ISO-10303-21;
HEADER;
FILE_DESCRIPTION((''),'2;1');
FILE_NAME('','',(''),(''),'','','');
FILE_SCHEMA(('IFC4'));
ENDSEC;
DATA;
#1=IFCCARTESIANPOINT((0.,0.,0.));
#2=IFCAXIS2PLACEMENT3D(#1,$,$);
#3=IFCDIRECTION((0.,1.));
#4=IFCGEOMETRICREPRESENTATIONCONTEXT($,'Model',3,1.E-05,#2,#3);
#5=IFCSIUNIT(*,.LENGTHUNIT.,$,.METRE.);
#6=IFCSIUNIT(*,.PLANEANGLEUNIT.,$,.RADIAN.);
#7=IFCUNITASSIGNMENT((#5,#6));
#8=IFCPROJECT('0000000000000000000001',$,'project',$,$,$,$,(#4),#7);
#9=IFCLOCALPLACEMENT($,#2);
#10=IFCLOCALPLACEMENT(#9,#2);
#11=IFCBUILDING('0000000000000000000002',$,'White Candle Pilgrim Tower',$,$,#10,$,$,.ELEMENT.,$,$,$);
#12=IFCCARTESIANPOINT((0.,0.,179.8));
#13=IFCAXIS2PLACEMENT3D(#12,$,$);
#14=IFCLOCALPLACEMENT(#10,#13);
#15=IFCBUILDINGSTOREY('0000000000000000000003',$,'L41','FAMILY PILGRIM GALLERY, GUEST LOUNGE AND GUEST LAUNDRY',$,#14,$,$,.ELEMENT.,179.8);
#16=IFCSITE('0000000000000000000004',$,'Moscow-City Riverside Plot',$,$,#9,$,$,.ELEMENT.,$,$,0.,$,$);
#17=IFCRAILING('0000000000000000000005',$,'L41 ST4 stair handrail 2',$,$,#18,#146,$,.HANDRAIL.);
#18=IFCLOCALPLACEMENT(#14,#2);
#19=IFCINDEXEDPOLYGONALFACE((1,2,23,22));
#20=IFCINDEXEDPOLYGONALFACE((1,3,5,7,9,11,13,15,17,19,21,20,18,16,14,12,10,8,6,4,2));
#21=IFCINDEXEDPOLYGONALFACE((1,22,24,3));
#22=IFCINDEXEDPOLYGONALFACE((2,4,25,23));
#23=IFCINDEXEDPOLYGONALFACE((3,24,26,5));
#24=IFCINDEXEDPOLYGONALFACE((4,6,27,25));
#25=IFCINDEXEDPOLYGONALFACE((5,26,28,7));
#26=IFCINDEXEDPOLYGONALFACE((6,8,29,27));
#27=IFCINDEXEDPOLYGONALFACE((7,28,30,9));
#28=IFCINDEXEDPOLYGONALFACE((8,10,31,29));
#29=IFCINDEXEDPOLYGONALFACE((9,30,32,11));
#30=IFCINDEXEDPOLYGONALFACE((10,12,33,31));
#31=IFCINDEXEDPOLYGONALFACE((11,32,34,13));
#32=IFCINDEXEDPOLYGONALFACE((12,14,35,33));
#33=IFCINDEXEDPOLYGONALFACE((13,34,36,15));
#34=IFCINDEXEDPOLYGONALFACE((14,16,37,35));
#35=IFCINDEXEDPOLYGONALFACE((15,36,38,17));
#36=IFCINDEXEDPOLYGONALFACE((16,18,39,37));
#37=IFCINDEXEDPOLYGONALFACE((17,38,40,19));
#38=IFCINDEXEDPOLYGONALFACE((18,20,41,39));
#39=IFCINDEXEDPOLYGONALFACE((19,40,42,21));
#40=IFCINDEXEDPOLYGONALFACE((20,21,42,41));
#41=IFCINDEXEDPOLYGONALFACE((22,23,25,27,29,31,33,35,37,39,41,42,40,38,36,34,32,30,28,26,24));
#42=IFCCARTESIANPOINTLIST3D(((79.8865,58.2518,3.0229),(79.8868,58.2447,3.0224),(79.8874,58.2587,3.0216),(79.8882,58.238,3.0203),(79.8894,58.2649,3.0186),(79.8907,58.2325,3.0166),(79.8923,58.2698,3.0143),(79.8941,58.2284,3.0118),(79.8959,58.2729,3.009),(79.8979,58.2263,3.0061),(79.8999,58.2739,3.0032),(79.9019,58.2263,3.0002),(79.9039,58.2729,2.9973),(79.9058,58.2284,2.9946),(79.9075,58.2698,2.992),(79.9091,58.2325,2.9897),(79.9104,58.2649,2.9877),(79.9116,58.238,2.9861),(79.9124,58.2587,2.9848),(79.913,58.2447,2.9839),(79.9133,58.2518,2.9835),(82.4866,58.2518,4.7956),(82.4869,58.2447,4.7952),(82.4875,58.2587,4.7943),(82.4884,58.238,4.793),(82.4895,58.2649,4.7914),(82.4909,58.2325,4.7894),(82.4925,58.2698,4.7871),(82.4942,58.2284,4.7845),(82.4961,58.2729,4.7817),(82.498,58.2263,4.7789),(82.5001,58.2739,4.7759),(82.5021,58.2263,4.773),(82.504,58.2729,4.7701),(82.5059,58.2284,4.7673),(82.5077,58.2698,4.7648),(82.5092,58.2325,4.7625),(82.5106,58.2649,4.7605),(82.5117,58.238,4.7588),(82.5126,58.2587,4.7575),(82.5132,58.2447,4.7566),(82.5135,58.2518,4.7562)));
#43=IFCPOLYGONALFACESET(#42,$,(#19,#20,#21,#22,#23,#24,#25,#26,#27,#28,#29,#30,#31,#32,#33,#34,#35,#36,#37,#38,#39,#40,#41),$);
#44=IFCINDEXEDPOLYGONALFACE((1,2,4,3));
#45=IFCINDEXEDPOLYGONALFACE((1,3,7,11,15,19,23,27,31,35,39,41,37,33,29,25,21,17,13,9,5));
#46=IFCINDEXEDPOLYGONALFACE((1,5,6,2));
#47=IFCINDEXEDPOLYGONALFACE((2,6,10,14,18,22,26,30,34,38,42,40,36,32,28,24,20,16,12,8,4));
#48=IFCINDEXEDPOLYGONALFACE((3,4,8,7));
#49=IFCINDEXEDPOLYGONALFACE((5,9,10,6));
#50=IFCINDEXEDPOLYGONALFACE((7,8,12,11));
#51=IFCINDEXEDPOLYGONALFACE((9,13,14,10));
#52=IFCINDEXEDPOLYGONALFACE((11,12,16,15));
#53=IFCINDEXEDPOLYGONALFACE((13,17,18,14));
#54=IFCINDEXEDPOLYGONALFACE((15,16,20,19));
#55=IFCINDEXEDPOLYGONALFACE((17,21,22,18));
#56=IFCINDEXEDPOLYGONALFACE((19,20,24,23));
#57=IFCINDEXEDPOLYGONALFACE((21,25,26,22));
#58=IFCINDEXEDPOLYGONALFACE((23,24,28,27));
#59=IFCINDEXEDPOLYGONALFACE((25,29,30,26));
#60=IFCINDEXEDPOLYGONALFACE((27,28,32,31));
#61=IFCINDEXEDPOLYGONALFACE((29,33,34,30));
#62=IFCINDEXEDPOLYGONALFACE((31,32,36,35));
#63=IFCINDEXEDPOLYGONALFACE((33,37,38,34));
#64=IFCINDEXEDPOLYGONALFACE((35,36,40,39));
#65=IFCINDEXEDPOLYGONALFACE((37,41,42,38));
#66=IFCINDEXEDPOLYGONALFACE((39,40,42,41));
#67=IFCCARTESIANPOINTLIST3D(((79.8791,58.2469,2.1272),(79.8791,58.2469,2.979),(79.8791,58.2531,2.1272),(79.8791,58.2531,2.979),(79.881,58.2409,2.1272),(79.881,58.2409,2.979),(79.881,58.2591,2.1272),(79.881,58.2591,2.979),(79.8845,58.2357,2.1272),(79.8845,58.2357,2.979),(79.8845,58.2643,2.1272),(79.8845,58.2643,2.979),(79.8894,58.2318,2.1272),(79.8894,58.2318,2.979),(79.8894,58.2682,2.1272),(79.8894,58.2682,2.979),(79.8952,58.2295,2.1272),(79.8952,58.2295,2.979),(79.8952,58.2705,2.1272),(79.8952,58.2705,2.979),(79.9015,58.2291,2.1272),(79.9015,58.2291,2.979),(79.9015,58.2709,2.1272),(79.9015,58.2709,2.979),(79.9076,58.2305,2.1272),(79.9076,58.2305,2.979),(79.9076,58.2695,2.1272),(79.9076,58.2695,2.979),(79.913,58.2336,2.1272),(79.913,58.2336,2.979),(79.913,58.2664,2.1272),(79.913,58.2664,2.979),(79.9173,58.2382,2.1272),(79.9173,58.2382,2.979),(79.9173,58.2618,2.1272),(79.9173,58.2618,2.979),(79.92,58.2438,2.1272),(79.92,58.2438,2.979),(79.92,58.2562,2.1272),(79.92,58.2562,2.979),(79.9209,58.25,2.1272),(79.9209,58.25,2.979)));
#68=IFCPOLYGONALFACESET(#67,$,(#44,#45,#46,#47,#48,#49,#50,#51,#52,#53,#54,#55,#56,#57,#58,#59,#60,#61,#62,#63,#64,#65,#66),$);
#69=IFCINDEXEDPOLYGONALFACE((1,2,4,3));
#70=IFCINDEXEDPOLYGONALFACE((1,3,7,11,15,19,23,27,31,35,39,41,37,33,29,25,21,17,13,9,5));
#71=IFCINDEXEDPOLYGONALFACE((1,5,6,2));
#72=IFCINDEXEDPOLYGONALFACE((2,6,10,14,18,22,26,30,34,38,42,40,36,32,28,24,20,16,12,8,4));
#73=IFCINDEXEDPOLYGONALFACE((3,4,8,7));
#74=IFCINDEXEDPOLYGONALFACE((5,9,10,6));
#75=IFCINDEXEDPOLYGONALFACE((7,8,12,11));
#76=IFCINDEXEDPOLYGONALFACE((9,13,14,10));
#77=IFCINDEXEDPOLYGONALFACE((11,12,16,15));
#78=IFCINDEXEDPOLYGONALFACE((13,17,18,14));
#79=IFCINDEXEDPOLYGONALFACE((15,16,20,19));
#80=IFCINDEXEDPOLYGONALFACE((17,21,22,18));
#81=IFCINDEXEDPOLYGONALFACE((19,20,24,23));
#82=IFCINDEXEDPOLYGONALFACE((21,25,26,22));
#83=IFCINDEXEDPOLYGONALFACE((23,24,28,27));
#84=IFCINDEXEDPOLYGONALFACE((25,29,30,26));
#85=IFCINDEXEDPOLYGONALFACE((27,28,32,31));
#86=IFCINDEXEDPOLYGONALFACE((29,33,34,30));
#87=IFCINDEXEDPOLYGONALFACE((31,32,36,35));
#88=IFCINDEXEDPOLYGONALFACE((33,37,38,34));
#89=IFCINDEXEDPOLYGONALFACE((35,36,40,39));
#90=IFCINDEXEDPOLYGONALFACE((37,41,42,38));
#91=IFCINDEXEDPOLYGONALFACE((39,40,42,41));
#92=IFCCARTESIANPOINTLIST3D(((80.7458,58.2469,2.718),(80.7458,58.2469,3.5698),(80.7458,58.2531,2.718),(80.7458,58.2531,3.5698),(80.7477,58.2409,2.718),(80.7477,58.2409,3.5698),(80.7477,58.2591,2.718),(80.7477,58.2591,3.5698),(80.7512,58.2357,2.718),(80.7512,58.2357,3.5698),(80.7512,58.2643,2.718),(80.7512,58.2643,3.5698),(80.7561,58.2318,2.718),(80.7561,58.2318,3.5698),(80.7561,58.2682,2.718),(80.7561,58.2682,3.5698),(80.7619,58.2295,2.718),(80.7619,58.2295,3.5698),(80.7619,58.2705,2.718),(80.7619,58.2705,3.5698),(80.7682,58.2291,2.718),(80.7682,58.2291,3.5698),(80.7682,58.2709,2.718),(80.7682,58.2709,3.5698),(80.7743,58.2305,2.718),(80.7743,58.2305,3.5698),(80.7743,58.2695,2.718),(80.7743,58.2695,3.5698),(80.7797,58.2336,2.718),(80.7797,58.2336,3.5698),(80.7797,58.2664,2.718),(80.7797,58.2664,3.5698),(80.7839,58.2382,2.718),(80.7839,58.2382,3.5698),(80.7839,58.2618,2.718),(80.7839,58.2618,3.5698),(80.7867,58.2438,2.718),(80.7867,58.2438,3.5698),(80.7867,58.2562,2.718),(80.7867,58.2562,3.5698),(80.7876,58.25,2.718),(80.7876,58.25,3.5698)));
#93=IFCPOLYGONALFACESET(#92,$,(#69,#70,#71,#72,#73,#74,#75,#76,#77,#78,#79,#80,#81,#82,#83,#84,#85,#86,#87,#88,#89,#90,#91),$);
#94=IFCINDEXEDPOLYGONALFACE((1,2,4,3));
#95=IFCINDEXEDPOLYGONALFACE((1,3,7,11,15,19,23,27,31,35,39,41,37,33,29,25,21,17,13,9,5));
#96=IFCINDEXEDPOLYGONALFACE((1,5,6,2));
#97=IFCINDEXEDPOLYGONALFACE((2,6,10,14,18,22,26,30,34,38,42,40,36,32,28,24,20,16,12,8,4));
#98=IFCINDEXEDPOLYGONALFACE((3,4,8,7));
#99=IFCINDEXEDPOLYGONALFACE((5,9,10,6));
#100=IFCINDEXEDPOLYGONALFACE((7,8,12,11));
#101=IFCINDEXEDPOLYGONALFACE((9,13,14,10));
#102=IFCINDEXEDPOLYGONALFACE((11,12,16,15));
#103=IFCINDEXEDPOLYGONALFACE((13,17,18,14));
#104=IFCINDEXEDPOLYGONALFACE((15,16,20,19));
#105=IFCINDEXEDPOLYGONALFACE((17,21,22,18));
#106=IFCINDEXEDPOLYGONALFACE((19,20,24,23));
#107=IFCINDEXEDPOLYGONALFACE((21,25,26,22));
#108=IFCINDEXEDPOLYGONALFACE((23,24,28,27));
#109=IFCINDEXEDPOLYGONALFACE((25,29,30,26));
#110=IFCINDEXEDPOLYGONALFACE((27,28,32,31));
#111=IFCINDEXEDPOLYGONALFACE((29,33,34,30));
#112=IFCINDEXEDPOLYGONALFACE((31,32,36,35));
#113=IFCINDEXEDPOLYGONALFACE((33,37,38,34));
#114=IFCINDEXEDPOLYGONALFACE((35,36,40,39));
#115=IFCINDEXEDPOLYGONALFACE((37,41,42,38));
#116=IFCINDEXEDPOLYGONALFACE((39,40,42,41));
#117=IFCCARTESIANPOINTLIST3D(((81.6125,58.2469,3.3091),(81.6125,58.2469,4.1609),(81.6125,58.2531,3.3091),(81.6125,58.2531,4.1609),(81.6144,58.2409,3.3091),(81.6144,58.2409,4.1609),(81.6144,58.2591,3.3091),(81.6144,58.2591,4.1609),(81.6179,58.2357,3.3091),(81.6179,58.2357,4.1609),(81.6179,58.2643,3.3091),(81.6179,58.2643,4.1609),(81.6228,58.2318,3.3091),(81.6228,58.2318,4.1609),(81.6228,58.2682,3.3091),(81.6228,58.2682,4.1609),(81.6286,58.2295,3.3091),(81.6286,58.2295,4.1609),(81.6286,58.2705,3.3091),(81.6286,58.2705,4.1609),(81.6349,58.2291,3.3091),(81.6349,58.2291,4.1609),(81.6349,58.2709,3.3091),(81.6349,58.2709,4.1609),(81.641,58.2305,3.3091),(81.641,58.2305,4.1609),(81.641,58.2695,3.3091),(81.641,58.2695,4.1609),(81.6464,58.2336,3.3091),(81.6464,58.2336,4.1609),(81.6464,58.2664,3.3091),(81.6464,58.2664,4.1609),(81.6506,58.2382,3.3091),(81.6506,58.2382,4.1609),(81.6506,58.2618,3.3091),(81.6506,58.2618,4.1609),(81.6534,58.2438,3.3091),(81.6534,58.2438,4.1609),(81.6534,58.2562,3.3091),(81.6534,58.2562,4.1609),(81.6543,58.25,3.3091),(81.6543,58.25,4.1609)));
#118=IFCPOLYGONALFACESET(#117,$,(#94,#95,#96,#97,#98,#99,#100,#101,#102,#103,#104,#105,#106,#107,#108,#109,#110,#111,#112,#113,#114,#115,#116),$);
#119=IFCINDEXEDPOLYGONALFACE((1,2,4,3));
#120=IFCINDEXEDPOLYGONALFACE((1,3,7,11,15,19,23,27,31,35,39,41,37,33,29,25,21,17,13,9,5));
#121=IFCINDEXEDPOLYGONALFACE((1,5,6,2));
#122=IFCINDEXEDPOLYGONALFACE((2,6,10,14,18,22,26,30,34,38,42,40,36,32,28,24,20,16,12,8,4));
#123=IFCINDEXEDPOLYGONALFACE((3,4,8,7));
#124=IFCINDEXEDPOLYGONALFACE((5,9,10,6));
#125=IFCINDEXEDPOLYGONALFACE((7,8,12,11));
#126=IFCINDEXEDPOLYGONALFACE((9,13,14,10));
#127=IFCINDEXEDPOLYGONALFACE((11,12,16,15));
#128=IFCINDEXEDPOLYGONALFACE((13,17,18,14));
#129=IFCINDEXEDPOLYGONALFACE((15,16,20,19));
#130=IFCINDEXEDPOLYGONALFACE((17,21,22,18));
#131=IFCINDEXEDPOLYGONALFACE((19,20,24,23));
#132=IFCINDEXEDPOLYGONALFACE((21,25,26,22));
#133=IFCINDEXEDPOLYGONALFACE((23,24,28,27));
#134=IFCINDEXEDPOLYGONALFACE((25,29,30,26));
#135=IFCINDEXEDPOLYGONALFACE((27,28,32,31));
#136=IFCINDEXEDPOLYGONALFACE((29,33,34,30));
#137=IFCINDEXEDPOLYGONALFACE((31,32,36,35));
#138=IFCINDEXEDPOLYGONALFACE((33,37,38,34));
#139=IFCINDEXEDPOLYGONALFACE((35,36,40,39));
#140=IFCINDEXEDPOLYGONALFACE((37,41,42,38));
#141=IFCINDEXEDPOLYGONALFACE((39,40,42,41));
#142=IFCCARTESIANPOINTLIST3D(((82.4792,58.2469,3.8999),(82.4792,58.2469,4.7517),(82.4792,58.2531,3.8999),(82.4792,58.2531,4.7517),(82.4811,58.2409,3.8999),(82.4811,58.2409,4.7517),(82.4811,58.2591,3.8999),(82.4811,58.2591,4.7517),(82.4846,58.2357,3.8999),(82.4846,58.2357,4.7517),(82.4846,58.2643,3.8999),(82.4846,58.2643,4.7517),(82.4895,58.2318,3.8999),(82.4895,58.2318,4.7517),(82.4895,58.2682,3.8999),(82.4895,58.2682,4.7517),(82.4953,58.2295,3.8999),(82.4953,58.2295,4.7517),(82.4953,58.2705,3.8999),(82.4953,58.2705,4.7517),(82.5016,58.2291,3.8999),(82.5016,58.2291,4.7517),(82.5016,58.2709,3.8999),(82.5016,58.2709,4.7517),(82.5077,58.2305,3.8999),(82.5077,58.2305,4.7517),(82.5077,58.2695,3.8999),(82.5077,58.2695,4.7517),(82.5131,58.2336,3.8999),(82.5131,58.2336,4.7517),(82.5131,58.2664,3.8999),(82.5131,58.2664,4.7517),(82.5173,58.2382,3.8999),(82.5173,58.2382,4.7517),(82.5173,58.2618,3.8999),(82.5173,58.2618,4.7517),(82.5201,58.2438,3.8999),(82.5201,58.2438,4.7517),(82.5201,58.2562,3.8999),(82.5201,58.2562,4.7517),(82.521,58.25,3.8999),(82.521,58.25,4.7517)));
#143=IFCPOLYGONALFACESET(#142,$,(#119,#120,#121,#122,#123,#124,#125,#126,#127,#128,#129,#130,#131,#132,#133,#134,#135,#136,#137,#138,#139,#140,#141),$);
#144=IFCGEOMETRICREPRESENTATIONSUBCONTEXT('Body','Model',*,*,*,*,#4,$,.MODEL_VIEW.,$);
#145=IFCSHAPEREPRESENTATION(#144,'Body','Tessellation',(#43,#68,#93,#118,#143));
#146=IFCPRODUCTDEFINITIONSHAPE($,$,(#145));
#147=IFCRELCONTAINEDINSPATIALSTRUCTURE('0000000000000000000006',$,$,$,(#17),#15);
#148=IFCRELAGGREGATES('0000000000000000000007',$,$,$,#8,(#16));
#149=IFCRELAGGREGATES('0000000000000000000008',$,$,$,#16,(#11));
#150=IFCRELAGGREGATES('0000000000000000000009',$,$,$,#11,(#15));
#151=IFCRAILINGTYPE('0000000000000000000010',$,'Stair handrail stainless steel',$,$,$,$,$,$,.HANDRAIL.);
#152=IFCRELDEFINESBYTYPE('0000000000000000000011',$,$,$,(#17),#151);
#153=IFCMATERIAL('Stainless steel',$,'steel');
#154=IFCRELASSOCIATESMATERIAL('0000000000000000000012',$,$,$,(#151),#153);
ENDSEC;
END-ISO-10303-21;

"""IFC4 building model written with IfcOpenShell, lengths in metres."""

from ifc_helpers import new_model, si_unit, direction, frame, origin, origin_2d, place, context, subcontext, project, spatial, circle, extrude, material, type_object, element, save


model = new_model("IFC4")

# Units and contexts
model_context = context("Model", 3, precision=1e-05, world=origin(), true_north=direction((0.0, 1.0)))
body_context = subcontext(model_context, "Body", "Model", "MODEL_VIEW")
ifc_project = project(units=[si_unit("LENGTHUNIT", "METRE"), si_unit("PLANEANGLEUNIT", "RADIAN")], contexts=[model_context])

# Site, building, storey
site_placement = place(None, origin())
site = spatial("IfcSite", under=ifc_project, at=site_placement, Name="Moscow-City Riverside Plot", CompositionType="ELEMENT", RefElevation=0.0)
building_placement = place(site_placement, origin())
building = spatial("IfcBuilding", under=site, at=building_placement, Name="White Candle Pilgrim Tower", CompositionType="ELEMENT")
storey_placement = place(building_placement, frame((0.0, 0.0, 179.8)))
storey = spatial("IfcBuildingStorey", under=building, at=storey_placement, Name="L41", Description="FAMILY PILGRIM GALLERY, GUEST LOUNGE AND GUEST LAUNDRY", CompositionType="ELEMENT", Elevation=179.8)

# Railing
ifc_material_1 = material(Name="Stainless steel", Category="steel")
railing_type_1 = type_object("IfcRailingType", Name="Stair handrail stainless steel", PredefinedType="HANDRAIL", material=ifc_material_1)
railing_1_placement = place(storey_placement, frame((79.8999, 58.25, 2.1272)))
element("IfcRailing", 1, at=railing_1_placement, inside=storey, type_object=railing_type_1, Name="L41 ST4 stair handrail 2", PredefinedType="HANDRAIL", context=body_context, shape_type="SweptSolid", body=[
    extrude(circle(Radius=0.0239, at=origin_2d()), frame((0.0, 0.0, 0.876), z_axis=(0.82624, 0.0, 0.563318), x_axis=(0.0, 1.0, 0.0)), (0.0, 0.0, 1.0), 3.147),
    extrude(circle(Radius=0.021, at=origin_2d()), origin(), (0.0, 0.0, 1.0), 0.8518),
    extrude(circle(Radius=0.021, at=origin_2d()), frame((0.8667, 0.0, 0.5908)), (0.0, 0.0, 1.0), 0.8518),
    extrude(circle(Radius=0.021, at=origin_2d()), frame((1.7334, 0.0, 1.1819)), (0.0, 0.0, 1.0), 0.8518),
    extrude(circle(Radius=0.021, at=origin_2d()), frame((2.6001, 0.0, 1.7727)), (0.0, 0.0, 1.0), 0.8518),
])

save(model, "model.ifc")
